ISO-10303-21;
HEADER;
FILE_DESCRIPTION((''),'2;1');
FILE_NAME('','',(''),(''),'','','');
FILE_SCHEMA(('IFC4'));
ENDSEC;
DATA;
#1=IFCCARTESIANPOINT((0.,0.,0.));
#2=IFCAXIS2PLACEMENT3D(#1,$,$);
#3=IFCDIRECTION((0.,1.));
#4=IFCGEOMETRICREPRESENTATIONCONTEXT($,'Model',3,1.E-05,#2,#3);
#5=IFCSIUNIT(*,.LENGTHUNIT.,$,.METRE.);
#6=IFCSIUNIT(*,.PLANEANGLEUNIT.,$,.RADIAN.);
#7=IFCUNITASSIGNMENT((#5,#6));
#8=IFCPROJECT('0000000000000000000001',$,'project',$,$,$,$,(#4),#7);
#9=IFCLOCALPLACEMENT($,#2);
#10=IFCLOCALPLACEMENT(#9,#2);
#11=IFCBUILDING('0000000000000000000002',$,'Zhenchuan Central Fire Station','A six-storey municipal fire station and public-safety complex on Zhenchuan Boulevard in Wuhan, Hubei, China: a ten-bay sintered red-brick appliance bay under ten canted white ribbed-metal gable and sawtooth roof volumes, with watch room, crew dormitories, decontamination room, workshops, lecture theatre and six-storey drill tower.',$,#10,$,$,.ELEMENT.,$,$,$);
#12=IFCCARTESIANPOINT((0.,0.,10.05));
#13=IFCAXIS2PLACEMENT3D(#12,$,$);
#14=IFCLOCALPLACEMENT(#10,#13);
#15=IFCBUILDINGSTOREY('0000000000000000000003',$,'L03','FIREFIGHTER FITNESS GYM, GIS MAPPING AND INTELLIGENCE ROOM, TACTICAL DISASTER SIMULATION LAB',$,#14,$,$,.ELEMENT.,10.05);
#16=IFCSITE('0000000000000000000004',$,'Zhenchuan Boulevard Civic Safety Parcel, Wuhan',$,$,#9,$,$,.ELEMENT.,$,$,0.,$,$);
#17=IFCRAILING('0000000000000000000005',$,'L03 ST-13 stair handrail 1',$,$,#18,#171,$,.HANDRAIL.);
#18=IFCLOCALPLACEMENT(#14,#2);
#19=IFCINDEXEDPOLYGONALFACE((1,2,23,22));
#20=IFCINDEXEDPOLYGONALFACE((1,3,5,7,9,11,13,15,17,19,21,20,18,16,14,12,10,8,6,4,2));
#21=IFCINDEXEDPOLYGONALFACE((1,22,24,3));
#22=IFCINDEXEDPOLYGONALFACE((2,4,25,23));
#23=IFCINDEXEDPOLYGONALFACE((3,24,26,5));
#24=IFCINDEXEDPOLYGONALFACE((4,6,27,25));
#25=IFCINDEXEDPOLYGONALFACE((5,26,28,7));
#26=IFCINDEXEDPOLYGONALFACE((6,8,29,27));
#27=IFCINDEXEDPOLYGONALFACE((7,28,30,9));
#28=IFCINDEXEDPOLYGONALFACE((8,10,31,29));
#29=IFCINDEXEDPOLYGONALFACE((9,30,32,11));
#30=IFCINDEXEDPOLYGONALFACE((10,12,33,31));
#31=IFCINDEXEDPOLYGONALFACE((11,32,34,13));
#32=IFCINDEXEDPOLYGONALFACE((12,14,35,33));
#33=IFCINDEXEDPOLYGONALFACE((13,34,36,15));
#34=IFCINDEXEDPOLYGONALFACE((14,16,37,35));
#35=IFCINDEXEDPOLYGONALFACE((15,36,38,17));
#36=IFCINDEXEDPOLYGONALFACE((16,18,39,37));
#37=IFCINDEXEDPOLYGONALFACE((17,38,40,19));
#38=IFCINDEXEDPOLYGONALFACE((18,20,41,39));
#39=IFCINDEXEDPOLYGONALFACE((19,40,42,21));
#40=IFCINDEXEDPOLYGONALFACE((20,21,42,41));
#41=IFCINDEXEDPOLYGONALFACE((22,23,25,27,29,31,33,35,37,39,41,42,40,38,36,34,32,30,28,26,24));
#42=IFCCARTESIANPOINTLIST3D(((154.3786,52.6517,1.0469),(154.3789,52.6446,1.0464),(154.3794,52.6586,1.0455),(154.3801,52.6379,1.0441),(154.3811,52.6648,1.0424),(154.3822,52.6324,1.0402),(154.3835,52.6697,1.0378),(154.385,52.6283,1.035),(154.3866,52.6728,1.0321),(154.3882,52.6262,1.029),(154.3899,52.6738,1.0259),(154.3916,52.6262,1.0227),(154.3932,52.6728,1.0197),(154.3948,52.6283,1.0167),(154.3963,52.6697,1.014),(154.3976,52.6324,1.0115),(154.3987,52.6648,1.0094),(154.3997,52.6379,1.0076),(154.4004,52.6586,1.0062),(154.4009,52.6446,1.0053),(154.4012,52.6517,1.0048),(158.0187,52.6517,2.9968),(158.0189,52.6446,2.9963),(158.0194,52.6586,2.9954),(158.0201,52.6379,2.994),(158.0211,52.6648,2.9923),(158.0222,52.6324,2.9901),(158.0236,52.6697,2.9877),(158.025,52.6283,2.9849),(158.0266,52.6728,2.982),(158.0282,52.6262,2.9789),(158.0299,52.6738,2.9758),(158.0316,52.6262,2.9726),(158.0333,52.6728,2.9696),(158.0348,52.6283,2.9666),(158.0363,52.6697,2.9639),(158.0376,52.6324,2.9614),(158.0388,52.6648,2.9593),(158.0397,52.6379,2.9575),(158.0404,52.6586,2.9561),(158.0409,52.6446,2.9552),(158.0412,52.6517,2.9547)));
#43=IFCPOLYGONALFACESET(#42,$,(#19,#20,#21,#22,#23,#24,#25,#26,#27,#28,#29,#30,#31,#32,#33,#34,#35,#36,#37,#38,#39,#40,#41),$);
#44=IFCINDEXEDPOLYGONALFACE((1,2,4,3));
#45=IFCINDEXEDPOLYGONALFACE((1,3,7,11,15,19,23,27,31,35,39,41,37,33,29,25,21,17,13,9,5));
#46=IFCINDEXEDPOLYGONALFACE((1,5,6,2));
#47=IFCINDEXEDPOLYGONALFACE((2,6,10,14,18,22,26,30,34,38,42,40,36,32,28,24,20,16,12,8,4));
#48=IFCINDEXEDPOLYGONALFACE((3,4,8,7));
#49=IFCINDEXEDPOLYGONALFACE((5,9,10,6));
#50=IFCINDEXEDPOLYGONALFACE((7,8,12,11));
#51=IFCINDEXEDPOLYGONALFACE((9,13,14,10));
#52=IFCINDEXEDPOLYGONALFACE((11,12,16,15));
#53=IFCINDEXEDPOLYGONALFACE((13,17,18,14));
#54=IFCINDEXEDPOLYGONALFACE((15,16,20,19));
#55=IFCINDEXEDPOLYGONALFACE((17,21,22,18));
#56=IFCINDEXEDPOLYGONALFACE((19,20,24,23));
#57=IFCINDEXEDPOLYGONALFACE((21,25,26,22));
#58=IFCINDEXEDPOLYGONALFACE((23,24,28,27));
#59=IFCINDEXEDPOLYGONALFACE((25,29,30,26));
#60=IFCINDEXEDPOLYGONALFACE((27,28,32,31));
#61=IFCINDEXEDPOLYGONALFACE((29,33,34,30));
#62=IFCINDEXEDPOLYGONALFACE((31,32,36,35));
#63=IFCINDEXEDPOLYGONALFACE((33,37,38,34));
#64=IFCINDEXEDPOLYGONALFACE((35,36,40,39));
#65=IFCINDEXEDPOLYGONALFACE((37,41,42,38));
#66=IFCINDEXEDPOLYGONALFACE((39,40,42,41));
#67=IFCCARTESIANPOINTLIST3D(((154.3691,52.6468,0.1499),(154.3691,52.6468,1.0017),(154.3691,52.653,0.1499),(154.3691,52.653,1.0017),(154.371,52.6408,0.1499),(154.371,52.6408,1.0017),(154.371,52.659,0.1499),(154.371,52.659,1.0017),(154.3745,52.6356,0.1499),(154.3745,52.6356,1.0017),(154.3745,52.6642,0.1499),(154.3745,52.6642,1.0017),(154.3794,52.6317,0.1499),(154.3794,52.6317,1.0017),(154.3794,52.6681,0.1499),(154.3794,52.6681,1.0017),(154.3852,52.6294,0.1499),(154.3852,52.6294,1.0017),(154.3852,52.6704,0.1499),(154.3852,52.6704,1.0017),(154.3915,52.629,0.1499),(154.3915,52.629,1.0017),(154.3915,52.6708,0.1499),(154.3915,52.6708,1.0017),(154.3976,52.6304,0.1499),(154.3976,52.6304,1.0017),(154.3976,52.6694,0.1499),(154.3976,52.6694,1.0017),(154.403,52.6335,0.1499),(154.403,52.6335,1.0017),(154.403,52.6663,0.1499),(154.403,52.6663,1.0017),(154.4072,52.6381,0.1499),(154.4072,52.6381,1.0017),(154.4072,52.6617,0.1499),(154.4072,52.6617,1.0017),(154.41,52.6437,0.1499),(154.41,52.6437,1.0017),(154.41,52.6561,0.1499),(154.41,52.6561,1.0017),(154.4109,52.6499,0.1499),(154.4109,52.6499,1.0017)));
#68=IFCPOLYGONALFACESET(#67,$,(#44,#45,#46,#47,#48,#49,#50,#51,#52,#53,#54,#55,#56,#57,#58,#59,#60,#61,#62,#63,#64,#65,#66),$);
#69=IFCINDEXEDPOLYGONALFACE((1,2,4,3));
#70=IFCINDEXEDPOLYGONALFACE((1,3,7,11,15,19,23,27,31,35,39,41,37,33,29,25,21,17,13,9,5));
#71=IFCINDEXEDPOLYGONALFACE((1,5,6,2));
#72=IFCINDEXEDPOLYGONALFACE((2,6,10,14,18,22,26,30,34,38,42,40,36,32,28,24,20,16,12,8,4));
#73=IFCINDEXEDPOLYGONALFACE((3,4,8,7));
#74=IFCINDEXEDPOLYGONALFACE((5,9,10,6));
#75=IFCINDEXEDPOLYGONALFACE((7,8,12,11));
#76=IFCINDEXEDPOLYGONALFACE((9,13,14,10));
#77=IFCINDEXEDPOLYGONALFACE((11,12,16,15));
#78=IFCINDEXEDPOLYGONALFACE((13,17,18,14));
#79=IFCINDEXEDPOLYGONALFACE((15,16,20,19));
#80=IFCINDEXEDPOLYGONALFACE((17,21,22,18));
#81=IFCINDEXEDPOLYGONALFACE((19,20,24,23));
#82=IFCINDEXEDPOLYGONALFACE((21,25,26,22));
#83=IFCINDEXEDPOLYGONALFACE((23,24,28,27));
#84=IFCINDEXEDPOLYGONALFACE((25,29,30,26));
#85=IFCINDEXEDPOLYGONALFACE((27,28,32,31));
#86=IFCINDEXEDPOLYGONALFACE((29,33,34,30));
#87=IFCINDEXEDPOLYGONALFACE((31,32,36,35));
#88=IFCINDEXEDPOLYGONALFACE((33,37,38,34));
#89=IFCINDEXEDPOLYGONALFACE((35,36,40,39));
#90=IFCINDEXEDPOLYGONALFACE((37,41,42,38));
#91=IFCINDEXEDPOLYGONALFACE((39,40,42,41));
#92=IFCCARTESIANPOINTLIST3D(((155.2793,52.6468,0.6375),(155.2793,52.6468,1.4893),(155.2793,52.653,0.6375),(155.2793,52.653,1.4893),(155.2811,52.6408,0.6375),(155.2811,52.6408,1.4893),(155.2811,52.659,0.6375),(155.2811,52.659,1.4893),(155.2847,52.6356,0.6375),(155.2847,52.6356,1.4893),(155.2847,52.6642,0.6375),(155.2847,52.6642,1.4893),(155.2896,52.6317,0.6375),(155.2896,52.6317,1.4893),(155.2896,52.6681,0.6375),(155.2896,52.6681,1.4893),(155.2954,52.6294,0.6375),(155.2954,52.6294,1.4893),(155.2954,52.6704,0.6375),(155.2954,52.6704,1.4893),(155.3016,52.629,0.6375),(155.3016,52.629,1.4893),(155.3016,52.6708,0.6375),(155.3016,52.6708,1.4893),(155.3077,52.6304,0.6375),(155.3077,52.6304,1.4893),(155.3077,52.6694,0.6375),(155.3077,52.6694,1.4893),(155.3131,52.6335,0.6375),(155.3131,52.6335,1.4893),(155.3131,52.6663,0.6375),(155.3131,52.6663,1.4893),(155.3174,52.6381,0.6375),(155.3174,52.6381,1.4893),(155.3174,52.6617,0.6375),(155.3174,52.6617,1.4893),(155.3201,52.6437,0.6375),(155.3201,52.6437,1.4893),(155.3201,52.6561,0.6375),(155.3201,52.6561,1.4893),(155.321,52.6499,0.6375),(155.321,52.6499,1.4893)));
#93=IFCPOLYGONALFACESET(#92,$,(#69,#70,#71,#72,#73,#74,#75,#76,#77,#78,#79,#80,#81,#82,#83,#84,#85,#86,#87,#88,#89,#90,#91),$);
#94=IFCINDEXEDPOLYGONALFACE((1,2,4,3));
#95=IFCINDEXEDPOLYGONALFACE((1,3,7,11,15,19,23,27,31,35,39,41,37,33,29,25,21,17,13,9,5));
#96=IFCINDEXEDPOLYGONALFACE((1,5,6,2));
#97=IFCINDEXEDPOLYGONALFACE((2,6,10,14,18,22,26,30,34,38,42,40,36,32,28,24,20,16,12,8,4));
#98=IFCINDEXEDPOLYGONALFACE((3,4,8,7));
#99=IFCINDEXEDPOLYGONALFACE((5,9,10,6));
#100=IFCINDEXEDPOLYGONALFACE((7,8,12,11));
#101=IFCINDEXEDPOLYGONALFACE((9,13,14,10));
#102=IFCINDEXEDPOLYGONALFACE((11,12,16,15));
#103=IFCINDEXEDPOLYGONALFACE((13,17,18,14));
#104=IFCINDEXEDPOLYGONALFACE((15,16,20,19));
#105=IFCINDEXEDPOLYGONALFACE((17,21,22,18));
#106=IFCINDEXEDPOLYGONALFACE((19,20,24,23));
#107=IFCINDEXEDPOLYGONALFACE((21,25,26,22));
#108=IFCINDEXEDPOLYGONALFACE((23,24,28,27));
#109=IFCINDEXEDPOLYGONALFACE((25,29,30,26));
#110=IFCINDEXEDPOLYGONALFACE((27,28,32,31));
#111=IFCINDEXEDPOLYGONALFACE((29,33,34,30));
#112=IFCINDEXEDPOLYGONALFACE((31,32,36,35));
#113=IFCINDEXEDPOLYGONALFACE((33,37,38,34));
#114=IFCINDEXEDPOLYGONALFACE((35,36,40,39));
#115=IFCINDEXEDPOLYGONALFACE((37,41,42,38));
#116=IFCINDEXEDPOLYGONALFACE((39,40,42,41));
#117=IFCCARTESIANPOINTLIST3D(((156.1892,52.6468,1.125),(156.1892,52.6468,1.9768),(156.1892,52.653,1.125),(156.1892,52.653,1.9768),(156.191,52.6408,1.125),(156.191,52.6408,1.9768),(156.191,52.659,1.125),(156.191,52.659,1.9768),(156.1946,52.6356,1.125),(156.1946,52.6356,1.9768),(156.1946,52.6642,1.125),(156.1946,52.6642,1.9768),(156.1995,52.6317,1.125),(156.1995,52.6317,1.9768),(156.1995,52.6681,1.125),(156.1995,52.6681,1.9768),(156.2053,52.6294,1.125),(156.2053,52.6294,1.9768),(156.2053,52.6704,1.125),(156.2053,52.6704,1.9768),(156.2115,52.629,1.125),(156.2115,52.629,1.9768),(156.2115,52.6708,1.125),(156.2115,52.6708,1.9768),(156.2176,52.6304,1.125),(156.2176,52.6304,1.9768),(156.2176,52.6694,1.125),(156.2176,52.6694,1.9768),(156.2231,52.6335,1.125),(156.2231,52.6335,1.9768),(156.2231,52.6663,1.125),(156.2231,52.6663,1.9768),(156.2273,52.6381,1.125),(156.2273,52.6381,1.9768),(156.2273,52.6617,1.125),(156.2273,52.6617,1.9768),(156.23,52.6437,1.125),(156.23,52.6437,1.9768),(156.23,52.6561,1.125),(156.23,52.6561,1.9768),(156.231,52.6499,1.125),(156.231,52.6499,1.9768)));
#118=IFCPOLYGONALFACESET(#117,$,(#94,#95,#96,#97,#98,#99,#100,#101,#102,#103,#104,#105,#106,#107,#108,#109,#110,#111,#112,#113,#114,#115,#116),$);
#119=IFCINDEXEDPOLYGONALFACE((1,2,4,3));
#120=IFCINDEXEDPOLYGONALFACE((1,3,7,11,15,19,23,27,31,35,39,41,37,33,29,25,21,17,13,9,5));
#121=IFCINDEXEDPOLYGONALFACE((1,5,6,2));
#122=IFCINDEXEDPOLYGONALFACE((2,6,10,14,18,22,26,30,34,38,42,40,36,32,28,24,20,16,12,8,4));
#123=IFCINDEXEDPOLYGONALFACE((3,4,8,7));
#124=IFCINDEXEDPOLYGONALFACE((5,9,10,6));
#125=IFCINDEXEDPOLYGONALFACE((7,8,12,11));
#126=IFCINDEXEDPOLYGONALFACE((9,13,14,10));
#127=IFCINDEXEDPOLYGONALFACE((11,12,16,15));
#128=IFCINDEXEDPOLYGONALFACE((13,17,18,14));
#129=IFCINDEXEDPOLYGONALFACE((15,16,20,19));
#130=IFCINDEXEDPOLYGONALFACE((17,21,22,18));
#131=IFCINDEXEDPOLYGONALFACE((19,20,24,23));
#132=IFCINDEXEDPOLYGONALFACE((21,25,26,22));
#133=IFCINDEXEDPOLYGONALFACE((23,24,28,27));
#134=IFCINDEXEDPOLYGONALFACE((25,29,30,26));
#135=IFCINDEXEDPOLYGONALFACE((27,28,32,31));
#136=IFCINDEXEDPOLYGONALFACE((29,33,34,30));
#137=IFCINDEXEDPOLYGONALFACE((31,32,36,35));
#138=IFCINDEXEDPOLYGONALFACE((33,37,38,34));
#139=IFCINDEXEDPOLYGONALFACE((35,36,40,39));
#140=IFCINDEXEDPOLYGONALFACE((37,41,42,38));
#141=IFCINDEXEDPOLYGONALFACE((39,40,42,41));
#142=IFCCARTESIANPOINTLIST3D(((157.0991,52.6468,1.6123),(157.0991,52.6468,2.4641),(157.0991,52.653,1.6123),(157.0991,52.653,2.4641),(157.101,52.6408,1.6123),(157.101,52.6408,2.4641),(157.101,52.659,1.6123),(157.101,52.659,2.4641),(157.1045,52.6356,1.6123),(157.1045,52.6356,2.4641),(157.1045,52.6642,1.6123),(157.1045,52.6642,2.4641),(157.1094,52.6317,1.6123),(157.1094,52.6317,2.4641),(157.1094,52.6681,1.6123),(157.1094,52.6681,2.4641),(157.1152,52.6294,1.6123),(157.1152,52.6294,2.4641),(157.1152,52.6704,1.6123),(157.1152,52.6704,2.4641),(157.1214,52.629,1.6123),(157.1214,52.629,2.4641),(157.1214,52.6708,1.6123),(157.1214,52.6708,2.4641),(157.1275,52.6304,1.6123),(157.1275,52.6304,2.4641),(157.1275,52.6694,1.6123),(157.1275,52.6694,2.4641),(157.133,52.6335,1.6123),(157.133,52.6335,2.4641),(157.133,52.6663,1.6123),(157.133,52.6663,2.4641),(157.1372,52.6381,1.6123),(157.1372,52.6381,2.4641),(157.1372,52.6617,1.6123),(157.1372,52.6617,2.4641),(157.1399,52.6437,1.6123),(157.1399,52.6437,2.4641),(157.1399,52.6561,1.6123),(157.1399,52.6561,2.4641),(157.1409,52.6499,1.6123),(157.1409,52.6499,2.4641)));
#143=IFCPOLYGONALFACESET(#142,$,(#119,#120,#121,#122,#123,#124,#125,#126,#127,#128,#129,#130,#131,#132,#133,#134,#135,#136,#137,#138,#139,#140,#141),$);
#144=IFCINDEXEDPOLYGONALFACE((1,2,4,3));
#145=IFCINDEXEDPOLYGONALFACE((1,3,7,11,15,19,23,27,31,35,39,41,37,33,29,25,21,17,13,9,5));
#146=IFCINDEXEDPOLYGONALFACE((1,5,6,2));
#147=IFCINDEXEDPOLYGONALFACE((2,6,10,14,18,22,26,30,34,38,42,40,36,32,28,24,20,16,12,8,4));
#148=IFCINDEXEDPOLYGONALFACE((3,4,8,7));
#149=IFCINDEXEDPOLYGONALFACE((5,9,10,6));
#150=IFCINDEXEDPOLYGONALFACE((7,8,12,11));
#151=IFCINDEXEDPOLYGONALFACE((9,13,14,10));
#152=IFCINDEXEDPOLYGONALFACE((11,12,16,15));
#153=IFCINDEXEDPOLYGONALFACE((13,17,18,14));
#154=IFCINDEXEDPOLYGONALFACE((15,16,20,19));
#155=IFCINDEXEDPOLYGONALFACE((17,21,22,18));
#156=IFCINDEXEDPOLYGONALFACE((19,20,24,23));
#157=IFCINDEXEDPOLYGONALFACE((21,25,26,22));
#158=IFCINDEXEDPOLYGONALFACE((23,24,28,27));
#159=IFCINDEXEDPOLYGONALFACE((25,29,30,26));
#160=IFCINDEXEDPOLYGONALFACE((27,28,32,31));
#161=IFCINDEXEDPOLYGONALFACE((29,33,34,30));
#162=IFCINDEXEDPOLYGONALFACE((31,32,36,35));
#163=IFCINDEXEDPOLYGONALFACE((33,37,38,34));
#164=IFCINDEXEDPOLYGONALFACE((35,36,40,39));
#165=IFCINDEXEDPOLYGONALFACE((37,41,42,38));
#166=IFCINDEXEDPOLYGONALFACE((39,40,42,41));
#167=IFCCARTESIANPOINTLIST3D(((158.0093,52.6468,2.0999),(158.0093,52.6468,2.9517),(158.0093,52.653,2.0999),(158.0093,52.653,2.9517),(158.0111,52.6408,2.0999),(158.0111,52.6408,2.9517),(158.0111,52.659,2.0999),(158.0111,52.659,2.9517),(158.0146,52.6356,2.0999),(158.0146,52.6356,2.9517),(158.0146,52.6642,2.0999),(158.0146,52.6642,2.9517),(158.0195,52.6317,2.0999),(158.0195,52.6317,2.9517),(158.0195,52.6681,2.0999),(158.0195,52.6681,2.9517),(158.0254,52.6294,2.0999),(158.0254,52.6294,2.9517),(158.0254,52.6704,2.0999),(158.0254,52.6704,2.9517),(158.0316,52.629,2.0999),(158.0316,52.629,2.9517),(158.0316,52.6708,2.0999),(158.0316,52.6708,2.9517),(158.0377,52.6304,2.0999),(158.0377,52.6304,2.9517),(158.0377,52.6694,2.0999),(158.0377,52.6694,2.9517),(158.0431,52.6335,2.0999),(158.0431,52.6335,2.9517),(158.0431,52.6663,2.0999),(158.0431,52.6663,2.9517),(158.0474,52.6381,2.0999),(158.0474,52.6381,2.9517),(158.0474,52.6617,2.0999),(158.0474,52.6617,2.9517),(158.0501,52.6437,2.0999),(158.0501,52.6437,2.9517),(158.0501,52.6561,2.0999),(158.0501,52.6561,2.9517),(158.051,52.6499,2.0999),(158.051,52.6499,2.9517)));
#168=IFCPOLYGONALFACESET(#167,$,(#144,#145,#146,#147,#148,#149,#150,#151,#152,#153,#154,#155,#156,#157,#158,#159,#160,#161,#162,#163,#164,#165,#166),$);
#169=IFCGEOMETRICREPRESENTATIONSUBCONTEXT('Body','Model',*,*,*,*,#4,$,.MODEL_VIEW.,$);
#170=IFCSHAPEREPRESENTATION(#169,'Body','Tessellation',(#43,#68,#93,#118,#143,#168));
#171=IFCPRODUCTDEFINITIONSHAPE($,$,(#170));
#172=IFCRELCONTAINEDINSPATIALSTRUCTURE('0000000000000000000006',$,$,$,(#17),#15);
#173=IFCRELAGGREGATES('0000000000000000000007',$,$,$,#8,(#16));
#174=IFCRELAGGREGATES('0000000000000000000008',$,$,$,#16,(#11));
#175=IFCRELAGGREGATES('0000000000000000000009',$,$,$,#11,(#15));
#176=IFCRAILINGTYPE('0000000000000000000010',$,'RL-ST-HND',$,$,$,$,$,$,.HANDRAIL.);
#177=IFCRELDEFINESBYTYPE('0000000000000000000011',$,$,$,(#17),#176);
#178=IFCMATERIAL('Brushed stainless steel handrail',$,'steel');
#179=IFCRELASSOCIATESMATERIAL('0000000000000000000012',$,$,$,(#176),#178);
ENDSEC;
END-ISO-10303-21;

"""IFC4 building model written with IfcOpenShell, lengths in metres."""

from ifc_helpers import new_model, si_unit, direction, frame, origin, origin_2d, place, context, subcontext, project, spatial, circle, extrude, material, type_object, element, save


model = new_model("IFC4")

# Units and contexts
model_context = context("Model", 3, precision=1e-05, world=origin(), true_north=direction((0.0, 1.0)))
body_context = subcontext(model_context, "Body", "Model", "MODEL_VIEW")
ifc_project = project(units=[si_unit("LENGTHUNIT", "METRE"), si_unit("PLANEANGLEUNIT", "RADIAN")], contexts=[model_context])

# Site, building, storey
site_placement = place(None, origin())
site = spatial("IfcSite", under=ifc_project, at=site_placement, Name="Zhenchuan Boulevard Civic Safety Parcel, Wuhan", CompositionType="ELEMENT", RefElevation=0.0)
building_placement = place(site_placement, origin())
building = spatial("IfcBuilding", under=site, at=building_placement, Name="Zhenchuan Central Fire Station", Description="A six-storey municipal fire station and public-safety complex on Zhenchuan Boulevard in Wuhan, Hubei, China: a ten-bay sintered red-brick appliance bay under ten canted white ribbed-metal gable and sawtooth roof volumes, with watch room, crew dormitories, decontamination room, workshops, lecture theatre and six-storey drill tower.", CompositionType="ELEMENT")
storey_placement = place(building_placement, frame((0.0, 0.0, 10.05)))
storey = spatial("IfcBuildingStorey", under=building, at=storey_placement, Name="L03", Description="FIREFIGHTER FITNESS GYM, GIS MAPPING AND INTELLIGENCE ROOM, TACTICAL DISASTER SIMULATION LAB", CompositionType="ELEMENT", Elevation=10.05)

# Railing
ifc_material_1 = material(Name="Brushed stainless steel handrail", Category="steel")
railing_type_1 = type_object("IfcRailingType", Name="RL-ST-HND", PredefinedType="HANDRAIL", material=ifc_material_1)
railing_1_placement = place(storey_placement, frame((154.3899, 52.6499, 0.1499)))
element("IfcRailing", 1, at=railing_1_placement, inside=storey, type_object=railing_type_1, Name="L03 ST-13 stair handrail 1", PredefinedType="HANDRAIL", context=body_context, shape_type="SweptSolid", body=[
    extrude(circle(Radius=0.0239, at=origin_2d()), frame((0.0, 0.0, 0.876), z_axis=(0.881492, 0.0, 0.472198), x_axis=(0.0, 1.0, 0.0)), (0.0, 0.0, 1.0), 4.1294),
    extrude(circle(Radius=0.021, at=origin_2d()), origin(), (0.0, 0.0, 1.0), 0.8518),
    extrude(circle(Radius=0.021, at=origin_2d()), frame((0.9102, 0.0, 0.4875)), (0.0, 0.0, 1.0), 0.8518),
    extrude(circle(Radius=0.021, at=origin_2d()), frame((1.8201, 0.0, 0.9751)), (0.0, 0.0, 1.0), 0.8518),
    extrude(circle(Radius=0.021, at=origin_2d()), frame((2.73, 0.0, 1.4624)), (0.0, 0.0, 1.0), 0.8518),
    extrude(circle(Radius=0.021, at=origin_2d()), frame((3.6401, 0.0, 1.95)), (0.0, 0.0, 1.0), 0.8518),
])

save(model, "model.ifc")
